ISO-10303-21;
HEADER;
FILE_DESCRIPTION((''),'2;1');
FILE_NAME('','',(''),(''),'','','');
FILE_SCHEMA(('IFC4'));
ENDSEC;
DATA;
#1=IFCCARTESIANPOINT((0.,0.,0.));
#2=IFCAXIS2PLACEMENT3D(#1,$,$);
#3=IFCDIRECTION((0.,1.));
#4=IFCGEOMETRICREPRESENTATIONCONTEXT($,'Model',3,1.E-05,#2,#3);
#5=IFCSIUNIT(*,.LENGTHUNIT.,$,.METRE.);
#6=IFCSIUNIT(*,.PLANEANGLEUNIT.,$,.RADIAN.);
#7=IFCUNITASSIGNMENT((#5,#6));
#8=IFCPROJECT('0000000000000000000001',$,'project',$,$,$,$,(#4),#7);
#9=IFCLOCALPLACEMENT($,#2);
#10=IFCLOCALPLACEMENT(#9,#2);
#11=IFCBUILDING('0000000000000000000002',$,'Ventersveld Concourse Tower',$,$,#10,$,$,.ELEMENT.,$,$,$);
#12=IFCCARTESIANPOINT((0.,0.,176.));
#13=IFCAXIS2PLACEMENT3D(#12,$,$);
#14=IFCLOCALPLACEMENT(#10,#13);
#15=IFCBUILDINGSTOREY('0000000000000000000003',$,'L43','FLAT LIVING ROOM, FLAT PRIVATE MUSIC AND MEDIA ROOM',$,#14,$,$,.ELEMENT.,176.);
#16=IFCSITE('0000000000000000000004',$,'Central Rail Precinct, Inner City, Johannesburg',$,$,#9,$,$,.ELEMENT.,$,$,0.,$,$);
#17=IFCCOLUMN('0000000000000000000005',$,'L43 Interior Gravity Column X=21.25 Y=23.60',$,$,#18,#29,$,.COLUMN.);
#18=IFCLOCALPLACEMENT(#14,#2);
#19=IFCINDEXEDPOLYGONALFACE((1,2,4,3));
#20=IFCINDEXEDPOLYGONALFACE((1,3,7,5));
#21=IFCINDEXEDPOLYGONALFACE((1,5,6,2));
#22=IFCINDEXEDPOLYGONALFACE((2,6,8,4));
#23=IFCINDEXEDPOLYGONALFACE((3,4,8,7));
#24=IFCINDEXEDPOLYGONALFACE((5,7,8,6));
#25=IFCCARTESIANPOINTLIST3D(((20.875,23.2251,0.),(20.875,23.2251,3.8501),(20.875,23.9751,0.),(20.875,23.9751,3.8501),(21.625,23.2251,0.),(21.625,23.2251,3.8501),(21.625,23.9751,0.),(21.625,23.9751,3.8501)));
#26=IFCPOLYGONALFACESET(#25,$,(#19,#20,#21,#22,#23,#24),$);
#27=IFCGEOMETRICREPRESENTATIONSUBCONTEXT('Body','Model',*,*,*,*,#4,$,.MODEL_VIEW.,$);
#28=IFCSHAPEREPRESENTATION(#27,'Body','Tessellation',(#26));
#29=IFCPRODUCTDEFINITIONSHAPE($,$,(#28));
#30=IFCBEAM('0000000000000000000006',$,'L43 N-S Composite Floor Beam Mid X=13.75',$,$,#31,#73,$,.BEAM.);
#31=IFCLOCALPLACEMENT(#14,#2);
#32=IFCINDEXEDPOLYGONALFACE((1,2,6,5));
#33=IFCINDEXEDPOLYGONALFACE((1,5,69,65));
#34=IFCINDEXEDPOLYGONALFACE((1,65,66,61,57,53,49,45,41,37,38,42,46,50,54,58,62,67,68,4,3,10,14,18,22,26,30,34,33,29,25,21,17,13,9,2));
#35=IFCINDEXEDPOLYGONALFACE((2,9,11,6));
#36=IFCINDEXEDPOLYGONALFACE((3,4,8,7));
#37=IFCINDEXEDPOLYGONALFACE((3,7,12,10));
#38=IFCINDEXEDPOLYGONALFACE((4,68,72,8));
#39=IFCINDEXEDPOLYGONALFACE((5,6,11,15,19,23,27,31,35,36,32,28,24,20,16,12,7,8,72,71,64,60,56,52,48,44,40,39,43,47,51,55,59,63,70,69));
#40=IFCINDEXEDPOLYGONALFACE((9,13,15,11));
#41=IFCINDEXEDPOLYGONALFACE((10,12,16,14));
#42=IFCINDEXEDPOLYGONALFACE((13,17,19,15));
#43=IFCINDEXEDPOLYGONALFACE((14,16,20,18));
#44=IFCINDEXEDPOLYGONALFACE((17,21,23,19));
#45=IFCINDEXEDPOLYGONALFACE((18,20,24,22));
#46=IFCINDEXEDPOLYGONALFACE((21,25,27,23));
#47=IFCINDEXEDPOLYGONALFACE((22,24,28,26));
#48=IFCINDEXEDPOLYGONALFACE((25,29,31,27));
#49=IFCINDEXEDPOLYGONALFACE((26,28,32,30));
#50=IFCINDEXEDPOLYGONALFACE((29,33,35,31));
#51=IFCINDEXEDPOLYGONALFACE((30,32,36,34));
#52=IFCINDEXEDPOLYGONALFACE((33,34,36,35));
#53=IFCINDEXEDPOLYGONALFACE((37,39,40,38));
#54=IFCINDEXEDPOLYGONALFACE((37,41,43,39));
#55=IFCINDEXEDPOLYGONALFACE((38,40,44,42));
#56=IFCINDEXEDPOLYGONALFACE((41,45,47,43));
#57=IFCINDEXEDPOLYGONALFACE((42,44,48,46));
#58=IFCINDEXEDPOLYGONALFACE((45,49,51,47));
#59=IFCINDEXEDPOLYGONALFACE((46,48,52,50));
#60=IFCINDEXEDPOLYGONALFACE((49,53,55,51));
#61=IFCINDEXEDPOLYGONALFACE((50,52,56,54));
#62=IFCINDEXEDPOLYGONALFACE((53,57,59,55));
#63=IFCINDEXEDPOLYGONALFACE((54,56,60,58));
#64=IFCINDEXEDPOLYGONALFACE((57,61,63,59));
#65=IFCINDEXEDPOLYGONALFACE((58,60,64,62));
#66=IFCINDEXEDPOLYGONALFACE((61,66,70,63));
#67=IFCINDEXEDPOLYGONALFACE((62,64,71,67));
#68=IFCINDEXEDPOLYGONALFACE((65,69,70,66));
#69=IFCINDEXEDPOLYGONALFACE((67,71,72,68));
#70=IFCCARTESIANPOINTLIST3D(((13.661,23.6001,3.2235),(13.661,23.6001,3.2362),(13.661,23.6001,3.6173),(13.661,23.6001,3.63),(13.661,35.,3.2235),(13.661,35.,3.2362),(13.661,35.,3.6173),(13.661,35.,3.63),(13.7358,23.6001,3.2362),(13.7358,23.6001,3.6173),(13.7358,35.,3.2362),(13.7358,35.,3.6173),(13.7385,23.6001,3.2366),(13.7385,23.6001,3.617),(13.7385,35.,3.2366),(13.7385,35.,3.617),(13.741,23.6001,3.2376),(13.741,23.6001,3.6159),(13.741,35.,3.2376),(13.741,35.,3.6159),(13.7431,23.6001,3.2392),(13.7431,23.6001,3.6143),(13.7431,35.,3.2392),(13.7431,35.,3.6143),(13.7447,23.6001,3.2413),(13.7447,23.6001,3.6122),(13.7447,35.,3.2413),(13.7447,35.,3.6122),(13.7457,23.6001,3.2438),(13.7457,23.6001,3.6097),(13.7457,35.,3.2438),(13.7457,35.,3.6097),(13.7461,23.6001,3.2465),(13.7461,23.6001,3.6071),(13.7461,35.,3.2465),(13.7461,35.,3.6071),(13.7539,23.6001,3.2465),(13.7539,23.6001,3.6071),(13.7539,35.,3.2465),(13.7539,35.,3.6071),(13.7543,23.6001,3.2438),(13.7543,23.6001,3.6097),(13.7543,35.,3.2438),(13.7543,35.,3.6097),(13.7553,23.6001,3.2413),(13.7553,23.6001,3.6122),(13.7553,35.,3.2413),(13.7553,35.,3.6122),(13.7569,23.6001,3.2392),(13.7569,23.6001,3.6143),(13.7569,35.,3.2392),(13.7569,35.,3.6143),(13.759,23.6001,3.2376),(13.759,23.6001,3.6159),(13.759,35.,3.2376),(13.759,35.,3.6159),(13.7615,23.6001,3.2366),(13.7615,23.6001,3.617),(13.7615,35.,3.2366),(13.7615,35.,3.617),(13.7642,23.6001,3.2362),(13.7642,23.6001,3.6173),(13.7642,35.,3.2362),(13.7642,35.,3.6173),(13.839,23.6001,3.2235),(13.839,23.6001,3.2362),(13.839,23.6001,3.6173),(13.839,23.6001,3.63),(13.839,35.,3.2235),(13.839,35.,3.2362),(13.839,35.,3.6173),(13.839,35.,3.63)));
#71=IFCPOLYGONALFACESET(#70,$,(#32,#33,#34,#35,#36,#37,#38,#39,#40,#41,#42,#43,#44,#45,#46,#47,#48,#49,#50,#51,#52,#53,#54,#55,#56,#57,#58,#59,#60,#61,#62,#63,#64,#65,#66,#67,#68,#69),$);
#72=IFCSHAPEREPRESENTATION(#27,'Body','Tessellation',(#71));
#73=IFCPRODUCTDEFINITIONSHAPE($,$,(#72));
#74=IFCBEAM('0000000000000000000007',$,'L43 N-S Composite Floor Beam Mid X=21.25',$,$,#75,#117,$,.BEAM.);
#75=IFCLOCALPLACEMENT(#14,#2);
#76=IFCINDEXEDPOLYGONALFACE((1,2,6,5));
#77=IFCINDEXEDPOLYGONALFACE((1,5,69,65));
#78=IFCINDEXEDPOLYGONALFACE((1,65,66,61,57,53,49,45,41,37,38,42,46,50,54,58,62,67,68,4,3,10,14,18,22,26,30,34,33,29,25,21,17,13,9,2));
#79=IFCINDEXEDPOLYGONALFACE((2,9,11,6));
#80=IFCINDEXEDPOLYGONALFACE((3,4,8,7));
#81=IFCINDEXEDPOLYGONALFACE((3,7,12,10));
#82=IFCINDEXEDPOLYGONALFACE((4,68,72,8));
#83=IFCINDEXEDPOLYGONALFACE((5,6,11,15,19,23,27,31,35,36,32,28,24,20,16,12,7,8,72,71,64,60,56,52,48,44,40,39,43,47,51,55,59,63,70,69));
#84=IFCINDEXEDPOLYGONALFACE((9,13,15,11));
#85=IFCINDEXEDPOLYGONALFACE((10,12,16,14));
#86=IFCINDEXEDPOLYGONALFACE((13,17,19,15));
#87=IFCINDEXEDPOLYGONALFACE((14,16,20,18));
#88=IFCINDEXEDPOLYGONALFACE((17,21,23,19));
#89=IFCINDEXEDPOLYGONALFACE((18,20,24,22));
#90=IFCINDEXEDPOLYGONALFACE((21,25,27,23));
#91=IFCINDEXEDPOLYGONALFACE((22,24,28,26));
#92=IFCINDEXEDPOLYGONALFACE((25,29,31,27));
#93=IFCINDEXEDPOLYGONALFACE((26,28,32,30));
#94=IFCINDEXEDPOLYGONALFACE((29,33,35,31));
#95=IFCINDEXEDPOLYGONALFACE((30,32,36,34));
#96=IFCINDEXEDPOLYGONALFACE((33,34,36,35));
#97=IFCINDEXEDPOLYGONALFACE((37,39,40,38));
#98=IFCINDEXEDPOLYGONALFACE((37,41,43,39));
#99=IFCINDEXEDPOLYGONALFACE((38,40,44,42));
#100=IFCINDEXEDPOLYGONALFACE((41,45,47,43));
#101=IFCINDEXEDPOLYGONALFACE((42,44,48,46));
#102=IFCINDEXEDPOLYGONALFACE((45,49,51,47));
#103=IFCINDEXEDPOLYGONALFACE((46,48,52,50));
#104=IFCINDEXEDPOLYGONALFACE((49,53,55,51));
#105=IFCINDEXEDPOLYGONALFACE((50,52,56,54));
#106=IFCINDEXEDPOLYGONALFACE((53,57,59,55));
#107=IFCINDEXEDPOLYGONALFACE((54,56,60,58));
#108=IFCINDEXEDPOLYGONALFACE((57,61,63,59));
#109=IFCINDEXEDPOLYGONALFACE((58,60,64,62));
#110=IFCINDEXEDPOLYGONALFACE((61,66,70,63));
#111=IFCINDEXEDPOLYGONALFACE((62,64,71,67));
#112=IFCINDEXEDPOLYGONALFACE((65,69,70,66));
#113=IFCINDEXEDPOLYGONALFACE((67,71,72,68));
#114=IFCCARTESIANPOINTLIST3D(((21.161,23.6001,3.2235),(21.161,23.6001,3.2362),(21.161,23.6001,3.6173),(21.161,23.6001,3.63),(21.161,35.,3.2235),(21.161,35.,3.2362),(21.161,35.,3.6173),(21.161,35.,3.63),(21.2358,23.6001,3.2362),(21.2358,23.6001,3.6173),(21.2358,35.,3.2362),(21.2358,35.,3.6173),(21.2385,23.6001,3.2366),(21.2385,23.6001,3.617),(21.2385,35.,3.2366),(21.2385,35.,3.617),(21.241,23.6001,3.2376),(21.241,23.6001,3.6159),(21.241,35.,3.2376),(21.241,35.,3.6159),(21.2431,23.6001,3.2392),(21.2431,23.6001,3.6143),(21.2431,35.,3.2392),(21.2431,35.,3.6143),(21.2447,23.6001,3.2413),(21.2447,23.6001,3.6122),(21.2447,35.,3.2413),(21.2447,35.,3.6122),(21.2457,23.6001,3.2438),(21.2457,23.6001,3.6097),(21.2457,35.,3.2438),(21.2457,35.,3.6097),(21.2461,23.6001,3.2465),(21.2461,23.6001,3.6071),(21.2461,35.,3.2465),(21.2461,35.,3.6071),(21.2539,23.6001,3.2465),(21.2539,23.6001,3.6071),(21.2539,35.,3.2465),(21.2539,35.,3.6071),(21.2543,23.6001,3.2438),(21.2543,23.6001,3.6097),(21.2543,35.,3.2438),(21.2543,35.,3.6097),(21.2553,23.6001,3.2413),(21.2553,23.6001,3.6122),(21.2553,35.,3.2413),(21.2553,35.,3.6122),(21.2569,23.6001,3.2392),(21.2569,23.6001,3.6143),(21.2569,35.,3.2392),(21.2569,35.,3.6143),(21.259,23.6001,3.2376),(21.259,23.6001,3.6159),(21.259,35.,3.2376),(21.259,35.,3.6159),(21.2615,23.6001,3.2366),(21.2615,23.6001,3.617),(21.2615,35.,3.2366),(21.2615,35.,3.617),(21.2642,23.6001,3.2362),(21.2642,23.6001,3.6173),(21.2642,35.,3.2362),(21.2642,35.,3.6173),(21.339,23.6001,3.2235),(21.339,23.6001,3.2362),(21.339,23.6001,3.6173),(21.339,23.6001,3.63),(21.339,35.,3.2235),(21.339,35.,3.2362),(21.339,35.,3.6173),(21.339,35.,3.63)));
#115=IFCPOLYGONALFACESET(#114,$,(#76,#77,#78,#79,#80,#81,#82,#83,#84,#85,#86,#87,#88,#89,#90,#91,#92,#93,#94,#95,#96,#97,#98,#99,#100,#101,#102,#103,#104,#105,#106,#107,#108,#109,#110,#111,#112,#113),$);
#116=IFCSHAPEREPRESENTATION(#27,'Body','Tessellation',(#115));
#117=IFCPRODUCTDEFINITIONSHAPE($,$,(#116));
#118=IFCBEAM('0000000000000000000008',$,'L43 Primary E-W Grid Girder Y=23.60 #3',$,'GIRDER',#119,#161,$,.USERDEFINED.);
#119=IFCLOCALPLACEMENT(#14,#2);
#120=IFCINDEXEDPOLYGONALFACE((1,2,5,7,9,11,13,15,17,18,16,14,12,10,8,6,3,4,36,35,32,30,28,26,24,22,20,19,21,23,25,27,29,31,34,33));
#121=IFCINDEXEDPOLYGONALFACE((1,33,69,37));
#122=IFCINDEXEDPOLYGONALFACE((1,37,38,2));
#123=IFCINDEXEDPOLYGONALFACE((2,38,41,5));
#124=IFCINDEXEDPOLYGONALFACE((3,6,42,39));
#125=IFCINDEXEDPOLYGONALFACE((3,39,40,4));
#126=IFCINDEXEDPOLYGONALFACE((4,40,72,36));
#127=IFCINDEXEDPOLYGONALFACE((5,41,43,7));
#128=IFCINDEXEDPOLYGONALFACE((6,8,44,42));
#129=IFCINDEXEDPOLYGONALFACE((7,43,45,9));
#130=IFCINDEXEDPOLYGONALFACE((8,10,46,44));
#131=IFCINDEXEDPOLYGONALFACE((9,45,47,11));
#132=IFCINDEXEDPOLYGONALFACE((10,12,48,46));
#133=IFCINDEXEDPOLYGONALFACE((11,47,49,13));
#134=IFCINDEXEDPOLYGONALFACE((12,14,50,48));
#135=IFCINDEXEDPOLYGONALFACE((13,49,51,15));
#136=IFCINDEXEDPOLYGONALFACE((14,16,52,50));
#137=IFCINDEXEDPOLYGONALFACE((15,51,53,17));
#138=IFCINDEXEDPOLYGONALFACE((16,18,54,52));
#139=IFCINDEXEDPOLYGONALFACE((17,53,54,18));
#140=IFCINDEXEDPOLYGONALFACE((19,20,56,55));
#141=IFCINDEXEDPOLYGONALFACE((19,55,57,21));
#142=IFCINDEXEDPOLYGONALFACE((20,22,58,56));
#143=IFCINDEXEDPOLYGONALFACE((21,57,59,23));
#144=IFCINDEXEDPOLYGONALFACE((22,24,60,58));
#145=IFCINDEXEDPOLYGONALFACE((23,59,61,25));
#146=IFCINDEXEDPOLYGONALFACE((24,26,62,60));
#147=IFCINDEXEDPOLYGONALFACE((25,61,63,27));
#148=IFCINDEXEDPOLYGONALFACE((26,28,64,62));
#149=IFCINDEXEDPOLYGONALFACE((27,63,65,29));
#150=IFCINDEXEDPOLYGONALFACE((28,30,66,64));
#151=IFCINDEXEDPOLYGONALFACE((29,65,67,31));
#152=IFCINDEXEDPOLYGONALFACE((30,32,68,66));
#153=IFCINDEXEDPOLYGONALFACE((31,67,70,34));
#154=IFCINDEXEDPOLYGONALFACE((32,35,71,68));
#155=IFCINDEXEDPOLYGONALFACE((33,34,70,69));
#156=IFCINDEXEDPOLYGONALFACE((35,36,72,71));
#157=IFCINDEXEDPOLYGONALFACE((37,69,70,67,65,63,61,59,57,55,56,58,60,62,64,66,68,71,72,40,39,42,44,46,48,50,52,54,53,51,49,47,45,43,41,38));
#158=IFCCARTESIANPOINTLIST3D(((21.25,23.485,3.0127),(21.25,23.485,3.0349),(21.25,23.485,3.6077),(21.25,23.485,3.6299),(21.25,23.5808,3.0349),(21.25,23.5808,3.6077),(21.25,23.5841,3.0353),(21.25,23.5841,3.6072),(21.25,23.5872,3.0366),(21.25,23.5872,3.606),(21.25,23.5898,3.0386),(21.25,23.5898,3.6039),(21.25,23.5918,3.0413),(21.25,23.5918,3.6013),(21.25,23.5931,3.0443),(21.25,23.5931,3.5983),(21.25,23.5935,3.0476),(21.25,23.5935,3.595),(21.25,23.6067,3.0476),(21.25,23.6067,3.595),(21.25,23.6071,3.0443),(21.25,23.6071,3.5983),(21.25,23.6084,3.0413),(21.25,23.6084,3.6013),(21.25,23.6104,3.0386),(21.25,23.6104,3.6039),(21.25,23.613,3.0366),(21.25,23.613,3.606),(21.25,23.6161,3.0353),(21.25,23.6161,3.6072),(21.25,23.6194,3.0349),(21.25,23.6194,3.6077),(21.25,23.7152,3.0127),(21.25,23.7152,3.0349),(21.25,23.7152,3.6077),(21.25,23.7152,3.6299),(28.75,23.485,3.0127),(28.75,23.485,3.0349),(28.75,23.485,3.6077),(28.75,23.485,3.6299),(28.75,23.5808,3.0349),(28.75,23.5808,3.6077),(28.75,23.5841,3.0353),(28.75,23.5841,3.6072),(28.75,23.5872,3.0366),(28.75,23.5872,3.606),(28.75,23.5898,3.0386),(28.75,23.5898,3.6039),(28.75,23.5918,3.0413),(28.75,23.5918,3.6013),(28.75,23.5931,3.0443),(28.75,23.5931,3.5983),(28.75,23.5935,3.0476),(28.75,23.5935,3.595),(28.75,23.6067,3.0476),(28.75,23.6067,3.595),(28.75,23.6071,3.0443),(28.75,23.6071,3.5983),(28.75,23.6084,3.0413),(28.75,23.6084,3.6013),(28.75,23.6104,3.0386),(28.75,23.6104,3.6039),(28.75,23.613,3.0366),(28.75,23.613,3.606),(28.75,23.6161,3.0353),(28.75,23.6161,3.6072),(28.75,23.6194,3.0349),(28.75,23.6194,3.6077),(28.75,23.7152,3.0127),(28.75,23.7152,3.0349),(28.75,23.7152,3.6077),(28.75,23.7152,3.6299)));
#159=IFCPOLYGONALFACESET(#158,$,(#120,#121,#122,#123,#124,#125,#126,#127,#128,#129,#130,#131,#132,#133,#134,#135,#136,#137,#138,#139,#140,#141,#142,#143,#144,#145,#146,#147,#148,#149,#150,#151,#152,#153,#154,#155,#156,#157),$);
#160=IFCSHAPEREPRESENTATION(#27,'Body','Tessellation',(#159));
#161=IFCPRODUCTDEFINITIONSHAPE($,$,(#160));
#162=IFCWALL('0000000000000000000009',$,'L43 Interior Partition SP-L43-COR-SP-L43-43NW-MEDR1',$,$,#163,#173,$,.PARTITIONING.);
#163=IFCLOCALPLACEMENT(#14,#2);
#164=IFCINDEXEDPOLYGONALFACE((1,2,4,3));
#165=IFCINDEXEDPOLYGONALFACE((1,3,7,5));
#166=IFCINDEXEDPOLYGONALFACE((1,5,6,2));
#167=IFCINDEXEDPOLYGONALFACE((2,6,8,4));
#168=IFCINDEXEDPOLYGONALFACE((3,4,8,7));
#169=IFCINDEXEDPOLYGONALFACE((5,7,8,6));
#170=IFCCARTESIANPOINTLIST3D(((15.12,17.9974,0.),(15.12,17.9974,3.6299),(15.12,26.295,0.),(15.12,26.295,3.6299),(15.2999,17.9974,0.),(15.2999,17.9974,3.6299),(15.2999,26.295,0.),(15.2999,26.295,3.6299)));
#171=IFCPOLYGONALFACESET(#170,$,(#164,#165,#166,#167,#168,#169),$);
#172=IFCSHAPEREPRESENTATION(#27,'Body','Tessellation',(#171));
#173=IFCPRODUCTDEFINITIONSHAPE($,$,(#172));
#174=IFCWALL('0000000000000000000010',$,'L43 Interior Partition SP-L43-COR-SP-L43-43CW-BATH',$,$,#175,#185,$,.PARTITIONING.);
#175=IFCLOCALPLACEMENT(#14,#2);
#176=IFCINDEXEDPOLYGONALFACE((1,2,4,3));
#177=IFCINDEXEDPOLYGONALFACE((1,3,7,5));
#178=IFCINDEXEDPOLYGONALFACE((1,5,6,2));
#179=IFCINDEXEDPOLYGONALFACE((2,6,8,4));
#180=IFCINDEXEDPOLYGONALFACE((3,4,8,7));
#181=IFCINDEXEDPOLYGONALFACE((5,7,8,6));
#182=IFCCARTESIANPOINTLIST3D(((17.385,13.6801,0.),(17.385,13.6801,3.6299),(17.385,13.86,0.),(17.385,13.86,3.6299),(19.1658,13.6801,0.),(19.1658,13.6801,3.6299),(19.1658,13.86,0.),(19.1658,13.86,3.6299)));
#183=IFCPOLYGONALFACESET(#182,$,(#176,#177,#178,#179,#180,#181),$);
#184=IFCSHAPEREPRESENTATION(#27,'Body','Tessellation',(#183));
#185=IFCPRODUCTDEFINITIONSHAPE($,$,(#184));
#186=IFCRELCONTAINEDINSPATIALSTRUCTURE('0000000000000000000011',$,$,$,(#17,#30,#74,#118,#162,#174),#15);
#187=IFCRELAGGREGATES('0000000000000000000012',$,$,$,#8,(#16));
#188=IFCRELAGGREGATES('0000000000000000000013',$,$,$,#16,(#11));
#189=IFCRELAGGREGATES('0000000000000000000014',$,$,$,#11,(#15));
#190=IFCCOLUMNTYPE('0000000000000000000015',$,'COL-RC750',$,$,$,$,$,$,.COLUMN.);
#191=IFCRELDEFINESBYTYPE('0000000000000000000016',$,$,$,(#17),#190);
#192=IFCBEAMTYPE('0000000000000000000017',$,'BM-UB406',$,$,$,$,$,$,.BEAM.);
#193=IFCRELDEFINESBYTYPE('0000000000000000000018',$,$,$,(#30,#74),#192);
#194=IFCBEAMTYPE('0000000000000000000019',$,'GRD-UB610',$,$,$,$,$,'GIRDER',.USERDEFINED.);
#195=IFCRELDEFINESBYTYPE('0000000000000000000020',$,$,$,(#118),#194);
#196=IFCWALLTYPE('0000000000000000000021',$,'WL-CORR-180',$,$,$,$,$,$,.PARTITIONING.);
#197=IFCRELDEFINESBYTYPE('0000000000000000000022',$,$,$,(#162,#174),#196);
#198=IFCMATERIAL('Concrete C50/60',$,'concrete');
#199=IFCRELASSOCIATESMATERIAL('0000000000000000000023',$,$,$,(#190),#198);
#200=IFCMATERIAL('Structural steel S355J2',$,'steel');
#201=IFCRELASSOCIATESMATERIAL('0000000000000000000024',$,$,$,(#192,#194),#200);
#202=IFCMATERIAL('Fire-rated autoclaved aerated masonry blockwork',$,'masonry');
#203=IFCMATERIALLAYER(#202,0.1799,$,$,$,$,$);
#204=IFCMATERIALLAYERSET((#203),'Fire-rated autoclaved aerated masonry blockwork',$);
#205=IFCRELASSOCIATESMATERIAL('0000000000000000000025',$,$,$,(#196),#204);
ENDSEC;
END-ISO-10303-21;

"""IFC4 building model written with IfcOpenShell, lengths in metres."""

from ifc_helpers import new_model, si_unit, direction, frame, frame_2d, origin, origin_2d, place, context, subcontext, project, spatial, rectangle, i_section, extrude, material, layer, layer_set, material_profile, profile_set, type_object, element, save


model = new_model("IFC4")

# Units and contexts
model_context = context("Model", 3, precision=1e-05, world=origin(), true_north=direction((0.0, 1.0)))
body_context = subcontext(model_context, "Body", "Model", "MODEL_VIEW")
ifc_project = project(units=[si_unit("LENGTHUNIT", "METRE"), si_unit("PLANEANGLEUNIT", "RADIAN")], contexts=[model_context])

# Site, building, storey
site_placement = place(None, origin())
site = spatial("IfcSite", under=ifc_project, at=site_placement, Name="Central Rail Precinct, Inner City, Johannesburg", CompositionType="ELEMENT", RefElevation=0.0)
building_placement = place(site_placement, origin())
building = spatial("IfcBuilding", under=site, at=building_placement, Name="Ventersveld Concourse Tower", CompositionType="ELEMENT")
storey_placement = place(building_placement, frame((0.0, 0.0, 176.0)))
storey = spatial("IfcBuildingStorey", under=building, at=storey_placement, Name="L43", Description="FLAT LIVING ROOM, FLAT PRIVATE MUSIC AND MEDIA ROOM", CompositionType="ELEMENT", Elevation=176.0)

# Column
ifc_material_1 = material(Name="Concrete C50/60", Category="concrete")
ifc_material_profile_1 = material_profile(ifc_material_1, rectangle(XDim=0.75, YDim=0.75, at=origin_2d()), Name="RC 750x750")
ifc_profile_set_1 = profile_set([ifc_material_profile_1], Name="Concrete C50/60")
column_type = type_object("IfcColumnType", Name="COL-RC750", PredefinedType="COLUMN", material=ifc_profile_set_1)
column_placement = place(storey_placement, frame((21.25, 23.6001, 0.0), z_axis=(0.0, 0.0, 1.0), x_axis=(1.0, 0.0, 0.0)))
element("IfcColumn", 1, at=column_placement, inside=storey, type_object=column_type, Name="L43 Interior Gravity Column X=21.25 Y=23.60", PredefinedType="COLUMN", context=body_context, shape_type="SweptSolid", body=[
    extrude(rectangle(XDim=0.75, YDim=0.75, at=origin_2d()), origin(), (0.0, 0.0, 1.0), 3.8501),
])

# Beams
ifc_material_2 = material(Name="Structural steel S355J2", Category="steel")
ifc_material_profile_2 = material_profile(ifc_material_2, i_section(OverallWidth=0.178, OverallDepth=0.4065, WebThickness=0.0078, FlangeThickness=0.0127, FilletRadius=0.0103, at=origin_2d()), Name="UB 406x178x60")
ifc_profile_set_2 = profile_set([ifc_material_profile_2], Name="Structural steel S355J2")
beam_type_1 = type_object("IfcBeamType", Name="BM-UB406", PredefinedType="BEAM", material=ifc_profile_set_2)
for number, where, z_axis, x_axis, name in (
    (2, (13.75, 23.6001, 3.4268), (0.0, 1.0, 0.0), (-1.0, 0.0, 0.0), "L43 N-S Composite Floor Beam Mid X=13.75"),
    (3, (21.25, 23.6001, 3.4268), (0.0, 1.0, 0.0), (-1.0, 0.0, 0.0), "L43 N-S Composite Floor Beam Mid X=21.25"),
):
    element("IfcBeam", number, at=place(storey_placement, frame(where, z_axis=z_axis, x_axis=x_axis)), inside=storey, type_object=beam_type_1, Name=name, PredefinedType="BEAM", context=body_context, shape_type="SweptSolid", body=[
        extrude(i_section(OverallWidth=0.178, OverallDepth=0.4065, WebThickness=0.0078, FlangeThickness=0.0127, FilletRadius=0.0103, at=origin_2d()), origin(), (0.0, 0.0, 1.0), 11.3999),
    ])
ifc_material_profile_3 = material_profile(ifc_material_2, i_section(OverallWidth=0.2302, OverallDepth=0.6172, WebThickness=0.0132, FlangeThickness=0.0222, FilletRadius=0.0127, at=origin_2d()), Name="UB 610x229x140")
ifc_profile_set_3 = profile_set([ifc_material_profile_3], Name="Structural steel S355J2")
beam_type_2 = type_object("IfcBeamType", Name="GRD-UB610", ElementType="GIRDER", PredefinedType="USERDEFINED", material=ifc_profile_set_3)
beam_placement = place(storey_placement, frame((21.25, 23.6001, 3.3213), z_axis=(1.0, 0.0, 0.0), x_axis=(0.0, 1.0, 0.0)))
element("IfcBeam", 4, at=beam_placement, inside=storey, type_object=beam_type_2, Name="L43 Primary E-W Grid Girder Y=23.60 #3", ObjectType="GIRDER", PredefinedType="USERDEFINED", context=body_context, shape_type="SweptSolid", body=[
    extrude(i_section(OverallWidth=0.2302, OverallDepth=0.6172, WebThickness=0.0132, FlangeThickness=0.0222, FilletRadius=0.0127, at=origin_2d()), origin(), (0.0, 0.0, 1.0), 7.5),
])

# Wall
ifc_material_3 = material(Name="Fire-rated autoclaved aerated masonry blockwork", Category="masonry")
ifc_layer_1 = layer(ifc_material_3, 0.1799)
ifc_layer_set_1 = layer_set([ifc_layer_1], Name="Fire-rated autoclaved aerated masonry blockwork")
wall_type_1 = type_object("IfcWallType", Name="WL-CORR-180", PredefinedType="PARTITIONING", material=ifc_layer_set_1)
wall_1_placement = place(storey_placement, frame((15.21, 17.9973, 0.0), z_axis=(0.0, 0.0, 1.0), x_axis=(0.0, 1.0, 0.0)))
element("IfcWall", 5, at=wall_1_placement, inside=storey, type_object=wall_type_1, Name="L43 Interior Partition SP-L43-COR-SP-L43-43NW-MEDR1", PredefinedType="PARTITIONING", context=body_context, shape_type="SweptSolid", body=[
    extrude(rectangle(XDim=8.2976, YDim=0.1799, at=frame_2d((4.1489, 0.0))), origin(), (0.0, 0.0, 1.0), 3.6299),
])

# Wall
wall_2_placement = place(storey_placement, frame((17.385, 13.77, 0.0), z_axis=(0.0, 0.0, 1.0), x_axis=(1.0, 0.0, 0.0)))
element("IfcWall", 6, at=wall_2_placement, inside=storey, type_object=wall_type_1, Name="L43 Interior Partition SP-L43-COR-SP-L43-43CW-BATH", PredefinedType="PARTITIONING", context=body_context, shape_type="SweptSolid", body=[
    extrude(rectangle(XDim=1.7808, YDim=0.1799, at=frame_2d((0.8904, 0.0))), origin(), (0.0, 0.0, 1.0), 3.6299),
])

save(model, "model.ifc")
